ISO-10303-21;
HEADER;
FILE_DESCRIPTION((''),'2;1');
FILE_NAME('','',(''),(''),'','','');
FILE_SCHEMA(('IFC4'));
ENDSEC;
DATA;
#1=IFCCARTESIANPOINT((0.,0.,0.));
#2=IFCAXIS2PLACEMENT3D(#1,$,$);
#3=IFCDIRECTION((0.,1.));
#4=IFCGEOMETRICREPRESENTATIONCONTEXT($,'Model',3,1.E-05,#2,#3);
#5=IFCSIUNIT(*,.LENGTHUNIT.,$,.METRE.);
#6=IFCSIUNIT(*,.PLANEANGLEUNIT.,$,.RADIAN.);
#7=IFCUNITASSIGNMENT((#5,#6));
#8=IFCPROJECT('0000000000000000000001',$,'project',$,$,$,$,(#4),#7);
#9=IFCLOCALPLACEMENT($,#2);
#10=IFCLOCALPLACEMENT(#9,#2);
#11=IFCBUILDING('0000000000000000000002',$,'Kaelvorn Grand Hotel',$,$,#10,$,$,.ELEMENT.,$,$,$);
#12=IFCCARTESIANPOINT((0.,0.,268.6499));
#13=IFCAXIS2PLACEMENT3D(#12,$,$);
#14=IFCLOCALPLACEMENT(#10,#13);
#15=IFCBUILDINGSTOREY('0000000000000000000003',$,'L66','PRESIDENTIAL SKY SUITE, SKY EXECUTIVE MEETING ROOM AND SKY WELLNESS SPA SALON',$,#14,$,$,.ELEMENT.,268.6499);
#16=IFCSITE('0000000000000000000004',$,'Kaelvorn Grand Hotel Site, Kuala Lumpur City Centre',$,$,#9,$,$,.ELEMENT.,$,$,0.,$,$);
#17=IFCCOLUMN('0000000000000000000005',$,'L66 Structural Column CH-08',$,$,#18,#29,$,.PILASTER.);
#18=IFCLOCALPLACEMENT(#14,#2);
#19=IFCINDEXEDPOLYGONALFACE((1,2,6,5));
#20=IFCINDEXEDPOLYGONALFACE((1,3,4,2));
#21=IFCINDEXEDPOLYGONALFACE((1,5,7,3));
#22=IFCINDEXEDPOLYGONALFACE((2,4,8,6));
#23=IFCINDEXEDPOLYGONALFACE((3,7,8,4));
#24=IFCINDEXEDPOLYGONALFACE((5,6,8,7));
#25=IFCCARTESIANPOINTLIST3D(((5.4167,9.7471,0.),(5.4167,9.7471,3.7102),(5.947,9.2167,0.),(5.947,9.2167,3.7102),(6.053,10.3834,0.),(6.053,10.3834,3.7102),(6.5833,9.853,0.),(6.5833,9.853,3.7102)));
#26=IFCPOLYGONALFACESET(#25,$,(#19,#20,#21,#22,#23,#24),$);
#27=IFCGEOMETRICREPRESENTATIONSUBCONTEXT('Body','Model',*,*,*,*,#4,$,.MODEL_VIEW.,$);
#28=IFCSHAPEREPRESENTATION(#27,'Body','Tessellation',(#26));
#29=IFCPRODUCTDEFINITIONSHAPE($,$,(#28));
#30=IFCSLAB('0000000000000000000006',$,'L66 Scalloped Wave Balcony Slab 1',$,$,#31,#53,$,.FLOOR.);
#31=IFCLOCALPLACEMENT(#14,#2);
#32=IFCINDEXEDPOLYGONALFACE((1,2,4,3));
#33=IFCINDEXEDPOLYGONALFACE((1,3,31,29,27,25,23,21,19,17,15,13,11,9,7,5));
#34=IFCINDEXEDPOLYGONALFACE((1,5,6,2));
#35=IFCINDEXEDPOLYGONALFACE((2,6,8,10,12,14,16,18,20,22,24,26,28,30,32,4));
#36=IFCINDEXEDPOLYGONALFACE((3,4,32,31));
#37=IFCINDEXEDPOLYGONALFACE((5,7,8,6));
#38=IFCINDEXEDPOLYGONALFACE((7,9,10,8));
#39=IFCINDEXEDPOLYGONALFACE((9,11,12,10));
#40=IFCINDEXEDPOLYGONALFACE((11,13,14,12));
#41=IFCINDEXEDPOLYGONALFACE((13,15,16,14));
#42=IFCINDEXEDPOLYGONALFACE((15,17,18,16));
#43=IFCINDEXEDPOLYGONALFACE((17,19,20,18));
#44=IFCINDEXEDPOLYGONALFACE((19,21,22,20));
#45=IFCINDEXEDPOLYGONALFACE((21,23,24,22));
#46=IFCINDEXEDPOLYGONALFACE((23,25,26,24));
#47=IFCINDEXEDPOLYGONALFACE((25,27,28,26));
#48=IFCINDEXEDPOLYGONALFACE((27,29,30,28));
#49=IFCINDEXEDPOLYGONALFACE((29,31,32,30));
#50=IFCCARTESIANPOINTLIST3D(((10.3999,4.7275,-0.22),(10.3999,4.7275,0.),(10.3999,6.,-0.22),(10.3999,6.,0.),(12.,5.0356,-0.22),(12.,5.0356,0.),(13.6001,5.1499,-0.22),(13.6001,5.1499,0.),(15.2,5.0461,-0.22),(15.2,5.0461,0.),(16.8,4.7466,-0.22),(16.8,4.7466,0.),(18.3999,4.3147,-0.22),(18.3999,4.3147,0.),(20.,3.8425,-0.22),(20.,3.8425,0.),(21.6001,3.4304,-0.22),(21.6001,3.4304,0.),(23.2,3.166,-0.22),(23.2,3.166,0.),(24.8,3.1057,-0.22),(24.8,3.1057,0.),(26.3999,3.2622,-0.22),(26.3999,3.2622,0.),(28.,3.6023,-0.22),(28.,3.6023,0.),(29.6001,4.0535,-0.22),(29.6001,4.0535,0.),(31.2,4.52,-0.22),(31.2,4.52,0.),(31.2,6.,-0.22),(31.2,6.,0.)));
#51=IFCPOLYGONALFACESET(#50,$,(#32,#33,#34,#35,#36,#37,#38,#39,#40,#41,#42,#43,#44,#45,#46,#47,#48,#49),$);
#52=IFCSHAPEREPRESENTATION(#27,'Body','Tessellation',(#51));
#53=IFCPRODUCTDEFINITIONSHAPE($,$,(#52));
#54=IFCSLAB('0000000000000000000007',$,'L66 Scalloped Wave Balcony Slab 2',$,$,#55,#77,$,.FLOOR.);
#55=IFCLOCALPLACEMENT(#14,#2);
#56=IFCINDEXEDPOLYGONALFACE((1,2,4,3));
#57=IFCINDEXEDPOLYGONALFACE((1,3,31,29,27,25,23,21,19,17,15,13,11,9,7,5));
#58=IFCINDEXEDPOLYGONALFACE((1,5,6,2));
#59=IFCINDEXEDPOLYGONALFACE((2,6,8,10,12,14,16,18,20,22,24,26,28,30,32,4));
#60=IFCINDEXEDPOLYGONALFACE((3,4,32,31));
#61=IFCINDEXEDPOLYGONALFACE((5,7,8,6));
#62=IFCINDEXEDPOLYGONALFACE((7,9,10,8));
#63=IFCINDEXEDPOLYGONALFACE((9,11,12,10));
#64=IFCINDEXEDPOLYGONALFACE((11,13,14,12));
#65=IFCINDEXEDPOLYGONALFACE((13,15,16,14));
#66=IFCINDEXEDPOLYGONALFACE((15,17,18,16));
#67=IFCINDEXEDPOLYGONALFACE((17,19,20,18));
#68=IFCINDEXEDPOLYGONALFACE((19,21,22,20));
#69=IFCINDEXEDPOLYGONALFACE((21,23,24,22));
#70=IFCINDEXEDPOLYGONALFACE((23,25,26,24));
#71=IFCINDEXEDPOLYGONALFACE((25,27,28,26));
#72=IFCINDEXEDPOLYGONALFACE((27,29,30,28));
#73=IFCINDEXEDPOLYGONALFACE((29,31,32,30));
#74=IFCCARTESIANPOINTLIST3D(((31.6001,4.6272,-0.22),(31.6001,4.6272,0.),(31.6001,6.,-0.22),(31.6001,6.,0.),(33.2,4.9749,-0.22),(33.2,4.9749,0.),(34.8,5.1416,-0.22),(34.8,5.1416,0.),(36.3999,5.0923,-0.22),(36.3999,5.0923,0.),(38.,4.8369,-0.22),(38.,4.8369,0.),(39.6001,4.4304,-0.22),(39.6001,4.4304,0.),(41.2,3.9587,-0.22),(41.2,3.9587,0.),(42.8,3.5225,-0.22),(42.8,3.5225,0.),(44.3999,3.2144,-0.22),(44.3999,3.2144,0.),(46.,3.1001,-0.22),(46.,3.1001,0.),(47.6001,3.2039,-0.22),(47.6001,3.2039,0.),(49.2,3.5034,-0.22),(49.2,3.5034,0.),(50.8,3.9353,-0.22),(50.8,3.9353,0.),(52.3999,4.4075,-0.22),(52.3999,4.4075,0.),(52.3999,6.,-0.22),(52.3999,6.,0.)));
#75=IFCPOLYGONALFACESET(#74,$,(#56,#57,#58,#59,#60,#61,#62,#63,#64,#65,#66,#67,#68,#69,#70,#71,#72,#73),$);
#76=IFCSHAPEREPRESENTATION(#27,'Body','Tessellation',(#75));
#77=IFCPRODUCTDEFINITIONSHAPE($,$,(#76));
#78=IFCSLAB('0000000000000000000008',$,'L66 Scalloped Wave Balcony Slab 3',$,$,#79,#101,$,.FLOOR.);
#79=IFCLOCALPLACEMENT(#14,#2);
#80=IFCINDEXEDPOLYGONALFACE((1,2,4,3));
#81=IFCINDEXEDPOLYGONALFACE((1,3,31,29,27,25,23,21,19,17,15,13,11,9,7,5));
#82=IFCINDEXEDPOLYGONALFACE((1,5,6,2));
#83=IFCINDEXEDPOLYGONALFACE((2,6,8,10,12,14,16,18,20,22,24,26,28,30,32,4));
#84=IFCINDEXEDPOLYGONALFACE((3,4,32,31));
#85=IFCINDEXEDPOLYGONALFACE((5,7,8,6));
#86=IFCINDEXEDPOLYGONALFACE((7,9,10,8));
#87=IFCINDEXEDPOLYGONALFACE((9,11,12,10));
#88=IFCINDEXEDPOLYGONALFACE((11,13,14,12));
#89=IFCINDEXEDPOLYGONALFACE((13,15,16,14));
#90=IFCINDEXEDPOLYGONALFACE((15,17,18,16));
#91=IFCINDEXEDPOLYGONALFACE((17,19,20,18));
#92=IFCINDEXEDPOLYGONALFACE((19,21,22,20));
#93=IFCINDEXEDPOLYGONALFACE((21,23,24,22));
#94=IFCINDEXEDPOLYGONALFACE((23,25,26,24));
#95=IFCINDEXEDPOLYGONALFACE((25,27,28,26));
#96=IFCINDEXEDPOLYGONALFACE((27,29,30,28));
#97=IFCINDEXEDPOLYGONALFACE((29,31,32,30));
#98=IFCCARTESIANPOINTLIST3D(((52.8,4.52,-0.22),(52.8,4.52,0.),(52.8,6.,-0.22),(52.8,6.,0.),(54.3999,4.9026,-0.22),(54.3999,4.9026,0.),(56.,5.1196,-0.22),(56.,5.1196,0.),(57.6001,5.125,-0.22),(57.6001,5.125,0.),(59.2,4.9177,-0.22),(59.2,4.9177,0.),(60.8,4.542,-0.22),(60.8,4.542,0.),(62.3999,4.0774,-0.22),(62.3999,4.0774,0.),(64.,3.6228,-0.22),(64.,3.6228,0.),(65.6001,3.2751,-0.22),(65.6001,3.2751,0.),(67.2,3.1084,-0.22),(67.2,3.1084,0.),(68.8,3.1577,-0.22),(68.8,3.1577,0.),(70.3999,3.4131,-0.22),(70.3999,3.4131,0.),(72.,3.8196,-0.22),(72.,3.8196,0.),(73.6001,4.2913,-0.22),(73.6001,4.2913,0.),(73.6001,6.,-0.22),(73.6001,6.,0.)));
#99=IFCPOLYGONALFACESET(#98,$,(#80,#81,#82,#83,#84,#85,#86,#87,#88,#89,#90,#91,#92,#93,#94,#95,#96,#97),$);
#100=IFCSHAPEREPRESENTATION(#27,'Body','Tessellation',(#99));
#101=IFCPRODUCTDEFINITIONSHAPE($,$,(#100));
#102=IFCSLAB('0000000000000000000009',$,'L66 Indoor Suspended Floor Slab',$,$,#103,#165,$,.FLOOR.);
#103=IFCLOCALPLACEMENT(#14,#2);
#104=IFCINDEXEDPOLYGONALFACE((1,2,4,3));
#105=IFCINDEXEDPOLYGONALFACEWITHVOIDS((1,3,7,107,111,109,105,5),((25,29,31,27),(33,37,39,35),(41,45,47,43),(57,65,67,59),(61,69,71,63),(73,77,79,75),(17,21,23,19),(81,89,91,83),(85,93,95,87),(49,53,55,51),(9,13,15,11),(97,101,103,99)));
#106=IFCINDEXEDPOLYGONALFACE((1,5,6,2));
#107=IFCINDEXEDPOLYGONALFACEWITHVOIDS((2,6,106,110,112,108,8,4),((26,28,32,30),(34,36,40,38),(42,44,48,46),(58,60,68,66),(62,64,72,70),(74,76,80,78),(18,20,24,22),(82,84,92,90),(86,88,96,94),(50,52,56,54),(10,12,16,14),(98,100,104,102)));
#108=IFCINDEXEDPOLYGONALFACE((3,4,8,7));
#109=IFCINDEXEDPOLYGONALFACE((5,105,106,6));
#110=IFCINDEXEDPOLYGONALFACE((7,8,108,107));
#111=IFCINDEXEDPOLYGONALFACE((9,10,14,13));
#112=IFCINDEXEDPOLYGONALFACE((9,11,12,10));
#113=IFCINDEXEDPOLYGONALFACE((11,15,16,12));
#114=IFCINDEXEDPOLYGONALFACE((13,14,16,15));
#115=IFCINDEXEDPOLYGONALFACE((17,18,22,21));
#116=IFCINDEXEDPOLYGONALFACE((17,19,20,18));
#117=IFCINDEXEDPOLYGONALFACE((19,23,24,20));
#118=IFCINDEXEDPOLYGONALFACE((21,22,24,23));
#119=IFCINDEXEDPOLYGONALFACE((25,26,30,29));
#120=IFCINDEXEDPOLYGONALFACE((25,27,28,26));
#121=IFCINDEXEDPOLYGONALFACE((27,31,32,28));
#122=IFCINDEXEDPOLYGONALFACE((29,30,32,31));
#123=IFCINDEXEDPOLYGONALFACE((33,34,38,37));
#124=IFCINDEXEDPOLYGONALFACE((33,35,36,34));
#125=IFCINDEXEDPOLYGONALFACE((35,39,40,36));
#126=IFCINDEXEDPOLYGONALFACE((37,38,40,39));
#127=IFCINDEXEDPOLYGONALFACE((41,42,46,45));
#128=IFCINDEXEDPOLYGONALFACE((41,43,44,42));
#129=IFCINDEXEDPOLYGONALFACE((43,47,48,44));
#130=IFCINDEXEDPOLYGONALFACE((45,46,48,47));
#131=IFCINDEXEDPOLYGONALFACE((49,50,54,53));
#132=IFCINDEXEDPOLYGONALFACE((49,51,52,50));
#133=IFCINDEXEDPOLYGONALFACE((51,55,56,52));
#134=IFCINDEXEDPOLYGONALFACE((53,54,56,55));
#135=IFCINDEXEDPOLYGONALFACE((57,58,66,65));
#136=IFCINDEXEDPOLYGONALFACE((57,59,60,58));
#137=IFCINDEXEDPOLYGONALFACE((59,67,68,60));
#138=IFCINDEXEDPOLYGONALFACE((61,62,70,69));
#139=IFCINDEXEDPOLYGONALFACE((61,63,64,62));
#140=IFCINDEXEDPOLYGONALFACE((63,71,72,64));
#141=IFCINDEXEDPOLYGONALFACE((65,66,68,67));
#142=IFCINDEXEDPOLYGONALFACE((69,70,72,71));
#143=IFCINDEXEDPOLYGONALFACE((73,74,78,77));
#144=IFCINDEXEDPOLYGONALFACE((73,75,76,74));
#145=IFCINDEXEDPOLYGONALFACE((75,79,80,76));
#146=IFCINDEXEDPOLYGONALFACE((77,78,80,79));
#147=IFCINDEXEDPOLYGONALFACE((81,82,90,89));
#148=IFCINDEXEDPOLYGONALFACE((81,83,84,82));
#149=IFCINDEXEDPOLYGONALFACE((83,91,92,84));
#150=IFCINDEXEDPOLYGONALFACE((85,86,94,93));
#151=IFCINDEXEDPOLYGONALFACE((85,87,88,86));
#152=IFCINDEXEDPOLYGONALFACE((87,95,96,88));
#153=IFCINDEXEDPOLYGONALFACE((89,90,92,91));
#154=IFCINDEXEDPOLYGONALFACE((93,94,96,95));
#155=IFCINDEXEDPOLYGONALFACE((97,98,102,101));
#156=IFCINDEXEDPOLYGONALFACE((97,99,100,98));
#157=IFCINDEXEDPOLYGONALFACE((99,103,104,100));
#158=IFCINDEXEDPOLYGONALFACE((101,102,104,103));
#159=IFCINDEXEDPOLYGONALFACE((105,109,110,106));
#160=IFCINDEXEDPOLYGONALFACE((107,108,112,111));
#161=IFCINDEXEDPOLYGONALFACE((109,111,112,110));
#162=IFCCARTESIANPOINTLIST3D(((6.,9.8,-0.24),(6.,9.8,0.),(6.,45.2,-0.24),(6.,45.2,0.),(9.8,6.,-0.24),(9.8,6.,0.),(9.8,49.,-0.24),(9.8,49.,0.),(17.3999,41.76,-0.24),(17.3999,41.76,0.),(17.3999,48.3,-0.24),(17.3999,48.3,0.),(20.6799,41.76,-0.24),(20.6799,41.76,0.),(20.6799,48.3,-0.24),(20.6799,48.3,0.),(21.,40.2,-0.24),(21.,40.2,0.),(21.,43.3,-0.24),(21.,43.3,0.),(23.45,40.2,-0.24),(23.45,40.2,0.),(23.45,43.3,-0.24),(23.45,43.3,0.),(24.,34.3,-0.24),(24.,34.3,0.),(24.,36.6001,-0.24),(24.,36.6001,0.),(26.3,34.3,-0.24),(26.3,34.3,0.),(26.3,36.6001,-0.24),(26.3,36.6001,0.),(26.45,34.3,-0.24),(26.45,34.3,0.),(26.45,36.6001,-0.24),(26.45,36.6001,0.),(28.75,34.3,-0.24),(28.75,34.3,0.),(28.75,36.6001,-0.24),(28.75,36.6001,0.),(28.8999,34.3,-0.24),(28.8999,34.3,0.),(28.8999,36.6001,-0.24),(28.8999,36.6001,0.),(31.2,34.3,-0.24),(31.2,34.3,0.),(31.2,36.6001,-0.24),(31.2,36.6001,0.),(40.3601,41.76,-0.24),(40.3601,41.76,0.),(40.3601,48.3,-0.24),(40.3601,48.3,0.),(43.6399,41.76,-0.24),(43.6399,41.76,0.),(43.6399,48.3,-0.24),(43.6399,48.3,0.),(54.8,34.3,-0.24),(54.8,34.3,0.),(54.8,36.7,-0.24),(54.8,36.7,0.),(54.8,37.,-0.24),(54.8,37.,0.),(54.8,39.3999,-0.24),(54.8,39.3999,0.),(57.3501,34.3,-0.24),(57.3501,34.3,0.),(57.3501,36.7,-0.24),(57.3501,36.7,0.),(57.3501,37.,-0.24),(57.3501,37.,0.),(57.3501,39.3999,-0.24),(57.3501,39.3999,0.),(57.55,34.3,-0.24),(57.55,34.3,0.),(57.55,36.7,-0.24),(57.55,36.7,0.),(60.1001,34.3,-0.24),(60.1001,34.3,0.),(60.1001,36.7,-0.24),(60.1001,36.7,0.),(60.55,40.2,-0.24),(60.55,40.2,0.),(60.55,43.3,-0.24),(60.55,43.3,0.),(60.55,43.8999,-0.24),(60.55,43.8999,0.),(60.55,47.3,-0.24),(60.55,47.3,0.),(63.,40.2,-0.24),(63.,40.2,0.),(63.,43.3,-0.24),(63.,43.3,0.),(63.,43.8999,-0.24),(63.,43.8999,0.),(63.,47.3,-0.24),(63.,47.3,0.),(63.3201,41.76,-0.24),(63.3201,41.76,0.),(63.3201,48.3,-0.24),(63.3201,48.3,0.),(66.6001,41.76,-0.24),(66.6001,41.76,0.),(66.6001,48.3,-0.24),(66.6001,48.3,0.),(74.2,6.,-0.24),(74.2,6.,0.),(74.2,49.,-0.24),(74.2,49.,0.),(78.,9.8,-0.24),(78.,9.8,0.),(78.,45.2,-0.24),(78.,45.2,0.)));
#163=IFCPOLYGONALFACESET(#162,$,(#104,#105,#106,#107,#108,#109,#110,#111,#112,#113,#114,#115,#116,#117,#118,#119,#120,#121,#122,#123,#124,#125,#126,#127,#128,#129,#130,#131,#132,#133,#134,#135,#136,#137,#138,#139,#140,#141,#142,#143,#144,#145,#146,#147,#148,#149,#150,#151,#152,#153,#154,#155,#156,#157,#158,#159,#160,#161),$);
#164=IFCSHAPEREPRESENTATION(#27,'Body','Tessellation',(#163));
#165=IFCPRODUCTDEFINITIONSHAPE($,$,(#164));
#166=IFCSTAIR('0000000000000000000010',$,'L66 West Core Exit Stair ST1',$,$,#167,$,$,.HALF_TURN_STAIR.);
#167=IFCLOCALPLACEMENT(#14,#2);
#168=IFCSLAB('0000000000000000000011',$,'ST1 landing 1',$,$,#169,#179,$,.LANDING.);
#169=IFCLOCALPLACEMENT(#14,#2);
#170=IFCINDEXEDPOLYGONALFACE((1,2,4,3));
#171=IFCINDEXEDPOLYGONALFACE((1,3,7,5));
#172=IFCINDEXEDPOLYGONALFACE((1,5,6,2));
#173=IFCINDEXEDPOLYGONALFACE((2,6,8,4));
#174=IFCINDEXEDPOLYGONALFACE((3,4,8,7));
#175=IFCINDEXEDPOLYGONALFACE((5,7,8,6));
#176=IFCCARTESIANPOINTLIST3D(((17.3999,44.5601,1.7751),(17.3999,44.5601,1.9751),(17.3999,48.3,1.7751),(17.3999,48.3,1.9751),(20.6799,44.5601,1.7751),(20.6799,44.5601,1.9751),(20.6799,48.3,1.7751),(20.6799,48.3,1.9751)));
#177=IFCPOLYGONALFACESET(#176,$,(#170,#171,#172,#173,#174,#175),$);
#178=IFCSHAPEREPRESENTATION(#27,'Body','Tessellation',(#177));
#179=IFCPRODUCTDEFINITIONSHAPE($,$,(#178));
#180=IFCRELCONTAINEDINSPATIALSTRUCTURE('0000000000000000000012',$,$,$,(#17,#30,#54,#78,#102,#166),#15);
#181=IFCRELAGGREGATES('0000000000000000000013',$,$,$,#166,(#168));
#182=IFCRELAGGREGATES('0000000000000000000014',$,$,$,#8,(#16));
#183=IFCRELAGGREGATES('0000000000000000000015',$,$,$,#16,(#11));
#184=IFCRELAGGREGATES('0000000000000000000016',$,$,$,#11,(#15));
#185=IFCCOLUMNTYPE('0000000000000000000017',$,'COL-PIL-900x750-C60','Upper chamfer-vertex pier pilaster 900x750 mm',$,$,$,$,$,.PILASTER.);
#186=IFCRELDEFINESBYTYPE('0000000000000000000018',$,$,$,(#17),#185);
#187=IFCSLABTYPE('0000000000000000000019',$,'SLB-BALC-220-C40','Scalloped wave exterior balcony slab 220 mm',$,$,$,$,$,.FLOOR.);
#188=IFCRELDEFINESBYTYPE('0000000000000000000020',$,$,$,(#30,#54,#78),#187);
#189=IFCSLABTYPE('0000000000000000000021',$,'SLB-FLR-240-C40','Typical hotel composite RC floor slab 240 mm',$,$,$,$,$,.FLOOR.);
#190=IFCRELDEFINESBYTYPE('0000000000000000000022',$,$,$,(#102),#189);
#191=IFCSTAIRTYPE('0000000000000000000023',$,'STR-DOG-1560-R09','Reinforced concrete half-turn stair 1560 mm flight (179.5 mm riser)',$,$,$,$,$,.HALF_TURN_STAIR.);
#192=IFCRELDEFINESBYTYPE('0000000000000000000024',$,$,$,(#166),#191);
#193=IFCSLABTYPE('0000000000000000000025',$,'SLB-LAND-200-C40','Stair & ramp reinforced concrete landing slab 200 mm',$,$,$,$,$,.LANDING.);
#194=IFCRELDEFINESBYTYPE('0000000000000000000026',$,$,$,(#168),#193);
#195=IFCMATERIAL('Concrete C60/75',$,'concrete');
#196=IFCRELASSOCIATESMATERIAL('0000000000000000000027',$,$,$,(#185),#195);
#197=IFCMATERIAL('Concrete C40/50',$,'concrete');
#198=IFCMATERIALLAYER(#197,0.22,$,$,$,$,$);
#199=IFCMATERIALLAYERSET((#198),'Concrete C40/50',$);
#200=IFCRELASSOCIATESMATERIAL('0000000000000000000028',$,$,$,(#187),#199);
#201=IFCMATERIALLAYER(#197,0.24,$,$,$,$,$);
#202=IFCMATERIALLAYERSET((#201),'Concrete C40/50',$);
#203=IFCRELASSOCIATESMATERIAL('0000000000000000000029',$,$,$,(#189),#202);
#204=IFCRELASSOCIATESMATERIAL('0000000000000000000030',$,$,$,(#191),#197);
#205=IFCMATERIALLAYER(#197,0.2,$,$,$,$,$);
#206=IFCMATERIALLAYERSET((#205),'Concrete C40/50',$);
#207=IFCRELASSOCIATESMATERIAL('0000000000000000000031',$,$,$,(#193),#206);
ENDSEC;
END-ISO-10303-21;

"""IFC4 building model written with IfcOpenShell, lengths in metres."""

from ifc_helpers import new_model, si_unit, direction, frame, origin, origin_2d, place, context, subcontext, project, spatial, polyline, rectangle, outline, extrude, material, layer, layer_set, material_profile, profile_set, type_object, element, aggregate, save


model = new_model("IFC4")

# Units and contexts
model_context = context("Model", 3, precision=1e-05, world=origin(), true_north=direction((0.0, 1.0)))
body_context = subcontext(model_context, "Body", "Model", "MODEL_VIEW")
ifc_project = project(units=[si_unit("LENGTHUNIT", "METRE"), si_unit("PLANEANGLEUNIT", "RADIAN")], contexts=[model_context])

# Site, building, storey
site_placement = place(None, origin())
site = spatial("IfcSite", under=ifc_project, at=site_placement, Name="Kaelvorn Grand Hotel Site, Kuala Lumpur City Centre", CompositionType="ELEMENT", RefElevation=0.0)
building_placement = place(site_placement, origin())
building = spatial("IfcBuilding", under=site, at=building_placement, Name="Kaelvorn Grand Hotel", CompositionType="ELEMENT")
storey_placement = place(building_placement, frame((0.0, 0.0, 268.6499)))
storey = spatial("IfcBuildingStorey", under=building, at=storey_placement, Name="L66", Description="PRESIDENTIAL SKY SUITE, SKY EXECUTIVE MEETING ROOM AND SKY WELLNESS SPA SALON", CompositionType="ELEMENT", Elevation=268.6499)

# Column
ifc_material_1 = material(Name="Concrete C60/75", Category="concrete")
ifc_material_profile = material_profile(ifc_material_1, rectangle(XDim=0.8999, YDim=0.75, at=origin_2d()), Name="RC PILASTER 900x750")
ifc_profile_set = profile_set([ifc_material_profile], Name="Concrete C60/75")
column_type = type_object("IfcColumnType", Name="COL-PIL-900x750-C60", Description="Upper chamfer-vertex pier pilaster 900x750 mm", PredefinedType="PILASTER", material=ifc_profile_set)
column_placement = place(storey_placement, frame((6.0, 9.8, 0.0), z_axis=(0.0, 0.0, 1.0), x_axis=(0.707107, 0.707107, 0.0)))
element("IfcColumn", 1, at=column_placement, inside=storey, type_object=column_type, Name="L66 Structural Column CH-08", PredefinedType="PILASTER", context=body_context, shape_type="SweptSolid", body=[
    extrude(rectangle(XDim=0.8999, YDim=0.75, at=origin_2d()), origin(), (0.0, 0.0, 1.0), 3.7102),
])

# Slabs
ifc_material_2 = material(Name="Concrete C40/50", Category="concrete")
ifc_layer_1 = layer(ifc_material_2, 0.22)
ifc_layer_set_1 = layer_set([ifc_layer_1], Name="Concrete C40/50")
slab_type_1 = type_object("IfcSlabType", Name="SLB-BALC-220-C40", Description="Scalloped wave exterior balcony slab 220 mm", PredefinedType="FLOOR", material=ifc_layer_set_1)
slab_1_placement = place(storey_placement, frame((0.0, 0.0, -0.22)))
element("IfcSlab", 2, at=slab_1_placement, inside=storey, type_object=slab_type_1, Name="L66 Scalloped Wave Balcony Slab 1", PredefinedType="FLOOR", context=body_context, shape_type="SweptSolid", body=[
    extrude(outline(polyline([(10.3999, 4.7275), (12.0, 5.0356), (13.6001, 5.1499), (15.2, 5.0461), (16.8, 4.7466), (18.3999, 4.3147), (20.0, 3.8425), (21.6001, 3.4304), (23.2, 3.166), (24.8, 3.1057), (26.3999, 3.2622), (28.0, 3.6023), (29.6001, 4.0535), (31.2, 4.52), (31.2, 6.0), (10.3999, 6.0), (10.3999, 4.7275)])), origin(), (0.0, 0.0, 1.0), 0.22),
])
slab_2_placement = place(storey_placement, frame((0.0, 0.0, -0.22)))
element("IfcSlab", 3, at=slab_2_placement, inside=storey, type_object=slab_type_1, Name="L66 Scalloped Wave Balcony Slab 2", PredefinedType="FLOOR", context=body_context, shape_type="SweptSolid", body=[
    extrude(outline(polyline([(31.6001, 4.6272), (33.2, 4.9749), (34.8, 5.1416), (36.3999, 5.0923), (38.0, 4.8369), (39.6001, 4.4304), (41.2, 3.9587), (42.8, 3.5225), (44.3999, 3.2144), (46.0, 3.1001), (47.6001, 3.2039), (49.2, 3.5034), (50.8, 3.9353), (52.3999, 4.4075), (52.3999, 6.0), (31.6001, 6.0), (31.6001, 4.6272)])), origin(), (0.0, 0.0, 1.0), 0.22),
])
slab_3_placement = place(storey_placement, frame((0.0, 0.0, -0.22)))
element("IfcSlab", 4, at=slab_3_placement, inside=storey, type_object=slab_type_1, Name="L66 Scalloped Wave Balcony Slab 3", PredefinedType="FLOOR", context=body_context, shape_type="SweptSolid", body=[
    extrude(outline(polyline([(52.8, 4.52), (54.3999, 4.9026), (56.0, 5.1196), (57.6001, 5.125), (59.2, 4.9177), (60.8, 4.542), (62.3999, 4.0774), (64.0, 3.6228), (65.6001, 3.2751), (67.2, 3.1084), (68.8, 3.1577), (70.3999, 3.4131), (72.0, 3.8196), (73.6001, 4.2913), (73.6001, 6.0), (52.8, 6.0), (52.8, 4.52)])), origin(), (0.0, 0.0, 1.0), 0.22),
])
ifc_layer_2 = layer(ifc_material_2, 0.24)
ifc_layer_set_2 = layer_set([ifc_layer_2], Name="Concrete C40/50")
slab_type_2 = type_object("IfcSlabType", Name="SLB-FLR-240-C40", Description="Typical hotel composite RC floor slab 240 mm", PredefinedType="FLOOR", material=ifc_layer_set_2)
slab_4_placement = place(storey_placement, frame((0.0, 0.0, -0.24)))
element("IfcSlab", 5, at=slab_4_placement, inside=storey, type_object=slab_type_2, Name="L66 Indoor Suspended Floor Slab", PredefinedType="FLOOR", context=body_context, shape_type="SweptSolid", body=[
    extrude(outline(polyline([(9.8, 6.0), (74.2, 6.0), (78.0, 9.8), (78.0, 45.2), (74.2, 49.0), (9.8, 49.0), (6.0, 45.2), (6.0, 9.8), (9.8, 6.0)]), holes=[polyline([(17.3999, 41.76), (17.3999, 48.3), (20.6799, 48.3), (20.6799, 41.76), (17.3999, 41.76)]), polyline([(40.3601, 41.76), (40.3601, 48.3), (43.6399, 48.3), (43.6399, 41.76), (40.3601, 41.76)]), polyline([(63.3201, 41.76), (63.3201, 48.3), (66.6001, 48.3), (66.6001, 41.76), (63.3201, 41.76)]), polyline([(24.0, 34.3), (24.0, 36.6001), (26.3, 36.6001), (26.3, 34.3), (24.0, 34.3)]), polyline([(26.45, 34.3), (26.45, 36.6001), (28.75, 36.6001), (28.75, 34.3), (26.45, 34.3)]), polyline([(28.8999, 34.3), (28.8999, 36.6001), (31.2, 36.6001), (31.2, 34.3), (28.8999, 34.3)]), polyline([(54.8, 34.3), (54.8, 36.7), (57.3501, 36.7), (57.3501, 34.3), (54.8, 34.3)]), polyline([(57.55, 34.3), (57.55, 36.7), (60.1001, 36.7), (60.1001, 34.3), (57.55, 34.3)]), polyline([(54.8, 37.0), (54.8, 39.3999), (57.3501, 39.3999), (57.3501, 37.0), (54.8, 37.0)]), polyline([(21.0, 40.2), (21.0, 43.3), (23.45, 43.3), (23.45, 40.2), (21.0, 40.2)]), polyline([(60.55, 40.2), (60.55, 43.3), (63.0, 43.3), (63.0, 40.2), (60.55, 40.2)]), polyline([(60.55, 43.8999), (60.55, 47.3), (63.0, 47.3), (63.0, 43.8999), (60.55, 43.8999)])]), origin(), (0.0, 0.0, 1.0), 0.24),
])

# Stair, slab
stair_type = type_object("IfcStairType", Name="STR-DOG-1560-R09", Description="Reinforced concrete half-turn stair 1560 mm flight (179.5 mm riser)", PredefinedType="HALF_TURN_STAIR", material=ifc_material_2)
stair_1_placement = place(storey_placement, origin())
stair_1 = element("IfcStair", 6, at=stair_1_placement, inside=storey, type_object=stair_type, Name="L66 West Core Exit Stair ST1", PredefinedType="HALF_TURN_STAIR")
ifc_layer_3 = layer(ifc_material_2, 0.2)
ifc_layer_set_3 = layer_set([ifc_layer_3], Name="Concrete C40/50")
slab_type_3 = type_object("IfcSlabType", Name="SLB-LAND-200-C40", Description="Stair & ramp reinforced concrete landing slab 200 mm", PredefinedType="LANDING", material=ifc_layer_set_3)
slab_5_placement = place(storey_placement, frame((0.0, 0.0, 1.7751)))
slab_5 = element("IfcSlab", 7, at=slab_5_placement, type_object=slab_type_3, Name="ST1 landing 1", PredefinedType="LANDING", context=body_context, shape_type="SweptSolid", body=[
    extrude(outline(polyline([(20.6799, 44.5601), (20.6799, 48.3), (17.3999, 48.3), (17.3999, 44.5601), (20.6799, 44.5601)])), origin(), (0.0, 0.0, 1.0), 0.2),
])
aggregate(stair_1, [slab_5])

save(model, "model.ifc")
